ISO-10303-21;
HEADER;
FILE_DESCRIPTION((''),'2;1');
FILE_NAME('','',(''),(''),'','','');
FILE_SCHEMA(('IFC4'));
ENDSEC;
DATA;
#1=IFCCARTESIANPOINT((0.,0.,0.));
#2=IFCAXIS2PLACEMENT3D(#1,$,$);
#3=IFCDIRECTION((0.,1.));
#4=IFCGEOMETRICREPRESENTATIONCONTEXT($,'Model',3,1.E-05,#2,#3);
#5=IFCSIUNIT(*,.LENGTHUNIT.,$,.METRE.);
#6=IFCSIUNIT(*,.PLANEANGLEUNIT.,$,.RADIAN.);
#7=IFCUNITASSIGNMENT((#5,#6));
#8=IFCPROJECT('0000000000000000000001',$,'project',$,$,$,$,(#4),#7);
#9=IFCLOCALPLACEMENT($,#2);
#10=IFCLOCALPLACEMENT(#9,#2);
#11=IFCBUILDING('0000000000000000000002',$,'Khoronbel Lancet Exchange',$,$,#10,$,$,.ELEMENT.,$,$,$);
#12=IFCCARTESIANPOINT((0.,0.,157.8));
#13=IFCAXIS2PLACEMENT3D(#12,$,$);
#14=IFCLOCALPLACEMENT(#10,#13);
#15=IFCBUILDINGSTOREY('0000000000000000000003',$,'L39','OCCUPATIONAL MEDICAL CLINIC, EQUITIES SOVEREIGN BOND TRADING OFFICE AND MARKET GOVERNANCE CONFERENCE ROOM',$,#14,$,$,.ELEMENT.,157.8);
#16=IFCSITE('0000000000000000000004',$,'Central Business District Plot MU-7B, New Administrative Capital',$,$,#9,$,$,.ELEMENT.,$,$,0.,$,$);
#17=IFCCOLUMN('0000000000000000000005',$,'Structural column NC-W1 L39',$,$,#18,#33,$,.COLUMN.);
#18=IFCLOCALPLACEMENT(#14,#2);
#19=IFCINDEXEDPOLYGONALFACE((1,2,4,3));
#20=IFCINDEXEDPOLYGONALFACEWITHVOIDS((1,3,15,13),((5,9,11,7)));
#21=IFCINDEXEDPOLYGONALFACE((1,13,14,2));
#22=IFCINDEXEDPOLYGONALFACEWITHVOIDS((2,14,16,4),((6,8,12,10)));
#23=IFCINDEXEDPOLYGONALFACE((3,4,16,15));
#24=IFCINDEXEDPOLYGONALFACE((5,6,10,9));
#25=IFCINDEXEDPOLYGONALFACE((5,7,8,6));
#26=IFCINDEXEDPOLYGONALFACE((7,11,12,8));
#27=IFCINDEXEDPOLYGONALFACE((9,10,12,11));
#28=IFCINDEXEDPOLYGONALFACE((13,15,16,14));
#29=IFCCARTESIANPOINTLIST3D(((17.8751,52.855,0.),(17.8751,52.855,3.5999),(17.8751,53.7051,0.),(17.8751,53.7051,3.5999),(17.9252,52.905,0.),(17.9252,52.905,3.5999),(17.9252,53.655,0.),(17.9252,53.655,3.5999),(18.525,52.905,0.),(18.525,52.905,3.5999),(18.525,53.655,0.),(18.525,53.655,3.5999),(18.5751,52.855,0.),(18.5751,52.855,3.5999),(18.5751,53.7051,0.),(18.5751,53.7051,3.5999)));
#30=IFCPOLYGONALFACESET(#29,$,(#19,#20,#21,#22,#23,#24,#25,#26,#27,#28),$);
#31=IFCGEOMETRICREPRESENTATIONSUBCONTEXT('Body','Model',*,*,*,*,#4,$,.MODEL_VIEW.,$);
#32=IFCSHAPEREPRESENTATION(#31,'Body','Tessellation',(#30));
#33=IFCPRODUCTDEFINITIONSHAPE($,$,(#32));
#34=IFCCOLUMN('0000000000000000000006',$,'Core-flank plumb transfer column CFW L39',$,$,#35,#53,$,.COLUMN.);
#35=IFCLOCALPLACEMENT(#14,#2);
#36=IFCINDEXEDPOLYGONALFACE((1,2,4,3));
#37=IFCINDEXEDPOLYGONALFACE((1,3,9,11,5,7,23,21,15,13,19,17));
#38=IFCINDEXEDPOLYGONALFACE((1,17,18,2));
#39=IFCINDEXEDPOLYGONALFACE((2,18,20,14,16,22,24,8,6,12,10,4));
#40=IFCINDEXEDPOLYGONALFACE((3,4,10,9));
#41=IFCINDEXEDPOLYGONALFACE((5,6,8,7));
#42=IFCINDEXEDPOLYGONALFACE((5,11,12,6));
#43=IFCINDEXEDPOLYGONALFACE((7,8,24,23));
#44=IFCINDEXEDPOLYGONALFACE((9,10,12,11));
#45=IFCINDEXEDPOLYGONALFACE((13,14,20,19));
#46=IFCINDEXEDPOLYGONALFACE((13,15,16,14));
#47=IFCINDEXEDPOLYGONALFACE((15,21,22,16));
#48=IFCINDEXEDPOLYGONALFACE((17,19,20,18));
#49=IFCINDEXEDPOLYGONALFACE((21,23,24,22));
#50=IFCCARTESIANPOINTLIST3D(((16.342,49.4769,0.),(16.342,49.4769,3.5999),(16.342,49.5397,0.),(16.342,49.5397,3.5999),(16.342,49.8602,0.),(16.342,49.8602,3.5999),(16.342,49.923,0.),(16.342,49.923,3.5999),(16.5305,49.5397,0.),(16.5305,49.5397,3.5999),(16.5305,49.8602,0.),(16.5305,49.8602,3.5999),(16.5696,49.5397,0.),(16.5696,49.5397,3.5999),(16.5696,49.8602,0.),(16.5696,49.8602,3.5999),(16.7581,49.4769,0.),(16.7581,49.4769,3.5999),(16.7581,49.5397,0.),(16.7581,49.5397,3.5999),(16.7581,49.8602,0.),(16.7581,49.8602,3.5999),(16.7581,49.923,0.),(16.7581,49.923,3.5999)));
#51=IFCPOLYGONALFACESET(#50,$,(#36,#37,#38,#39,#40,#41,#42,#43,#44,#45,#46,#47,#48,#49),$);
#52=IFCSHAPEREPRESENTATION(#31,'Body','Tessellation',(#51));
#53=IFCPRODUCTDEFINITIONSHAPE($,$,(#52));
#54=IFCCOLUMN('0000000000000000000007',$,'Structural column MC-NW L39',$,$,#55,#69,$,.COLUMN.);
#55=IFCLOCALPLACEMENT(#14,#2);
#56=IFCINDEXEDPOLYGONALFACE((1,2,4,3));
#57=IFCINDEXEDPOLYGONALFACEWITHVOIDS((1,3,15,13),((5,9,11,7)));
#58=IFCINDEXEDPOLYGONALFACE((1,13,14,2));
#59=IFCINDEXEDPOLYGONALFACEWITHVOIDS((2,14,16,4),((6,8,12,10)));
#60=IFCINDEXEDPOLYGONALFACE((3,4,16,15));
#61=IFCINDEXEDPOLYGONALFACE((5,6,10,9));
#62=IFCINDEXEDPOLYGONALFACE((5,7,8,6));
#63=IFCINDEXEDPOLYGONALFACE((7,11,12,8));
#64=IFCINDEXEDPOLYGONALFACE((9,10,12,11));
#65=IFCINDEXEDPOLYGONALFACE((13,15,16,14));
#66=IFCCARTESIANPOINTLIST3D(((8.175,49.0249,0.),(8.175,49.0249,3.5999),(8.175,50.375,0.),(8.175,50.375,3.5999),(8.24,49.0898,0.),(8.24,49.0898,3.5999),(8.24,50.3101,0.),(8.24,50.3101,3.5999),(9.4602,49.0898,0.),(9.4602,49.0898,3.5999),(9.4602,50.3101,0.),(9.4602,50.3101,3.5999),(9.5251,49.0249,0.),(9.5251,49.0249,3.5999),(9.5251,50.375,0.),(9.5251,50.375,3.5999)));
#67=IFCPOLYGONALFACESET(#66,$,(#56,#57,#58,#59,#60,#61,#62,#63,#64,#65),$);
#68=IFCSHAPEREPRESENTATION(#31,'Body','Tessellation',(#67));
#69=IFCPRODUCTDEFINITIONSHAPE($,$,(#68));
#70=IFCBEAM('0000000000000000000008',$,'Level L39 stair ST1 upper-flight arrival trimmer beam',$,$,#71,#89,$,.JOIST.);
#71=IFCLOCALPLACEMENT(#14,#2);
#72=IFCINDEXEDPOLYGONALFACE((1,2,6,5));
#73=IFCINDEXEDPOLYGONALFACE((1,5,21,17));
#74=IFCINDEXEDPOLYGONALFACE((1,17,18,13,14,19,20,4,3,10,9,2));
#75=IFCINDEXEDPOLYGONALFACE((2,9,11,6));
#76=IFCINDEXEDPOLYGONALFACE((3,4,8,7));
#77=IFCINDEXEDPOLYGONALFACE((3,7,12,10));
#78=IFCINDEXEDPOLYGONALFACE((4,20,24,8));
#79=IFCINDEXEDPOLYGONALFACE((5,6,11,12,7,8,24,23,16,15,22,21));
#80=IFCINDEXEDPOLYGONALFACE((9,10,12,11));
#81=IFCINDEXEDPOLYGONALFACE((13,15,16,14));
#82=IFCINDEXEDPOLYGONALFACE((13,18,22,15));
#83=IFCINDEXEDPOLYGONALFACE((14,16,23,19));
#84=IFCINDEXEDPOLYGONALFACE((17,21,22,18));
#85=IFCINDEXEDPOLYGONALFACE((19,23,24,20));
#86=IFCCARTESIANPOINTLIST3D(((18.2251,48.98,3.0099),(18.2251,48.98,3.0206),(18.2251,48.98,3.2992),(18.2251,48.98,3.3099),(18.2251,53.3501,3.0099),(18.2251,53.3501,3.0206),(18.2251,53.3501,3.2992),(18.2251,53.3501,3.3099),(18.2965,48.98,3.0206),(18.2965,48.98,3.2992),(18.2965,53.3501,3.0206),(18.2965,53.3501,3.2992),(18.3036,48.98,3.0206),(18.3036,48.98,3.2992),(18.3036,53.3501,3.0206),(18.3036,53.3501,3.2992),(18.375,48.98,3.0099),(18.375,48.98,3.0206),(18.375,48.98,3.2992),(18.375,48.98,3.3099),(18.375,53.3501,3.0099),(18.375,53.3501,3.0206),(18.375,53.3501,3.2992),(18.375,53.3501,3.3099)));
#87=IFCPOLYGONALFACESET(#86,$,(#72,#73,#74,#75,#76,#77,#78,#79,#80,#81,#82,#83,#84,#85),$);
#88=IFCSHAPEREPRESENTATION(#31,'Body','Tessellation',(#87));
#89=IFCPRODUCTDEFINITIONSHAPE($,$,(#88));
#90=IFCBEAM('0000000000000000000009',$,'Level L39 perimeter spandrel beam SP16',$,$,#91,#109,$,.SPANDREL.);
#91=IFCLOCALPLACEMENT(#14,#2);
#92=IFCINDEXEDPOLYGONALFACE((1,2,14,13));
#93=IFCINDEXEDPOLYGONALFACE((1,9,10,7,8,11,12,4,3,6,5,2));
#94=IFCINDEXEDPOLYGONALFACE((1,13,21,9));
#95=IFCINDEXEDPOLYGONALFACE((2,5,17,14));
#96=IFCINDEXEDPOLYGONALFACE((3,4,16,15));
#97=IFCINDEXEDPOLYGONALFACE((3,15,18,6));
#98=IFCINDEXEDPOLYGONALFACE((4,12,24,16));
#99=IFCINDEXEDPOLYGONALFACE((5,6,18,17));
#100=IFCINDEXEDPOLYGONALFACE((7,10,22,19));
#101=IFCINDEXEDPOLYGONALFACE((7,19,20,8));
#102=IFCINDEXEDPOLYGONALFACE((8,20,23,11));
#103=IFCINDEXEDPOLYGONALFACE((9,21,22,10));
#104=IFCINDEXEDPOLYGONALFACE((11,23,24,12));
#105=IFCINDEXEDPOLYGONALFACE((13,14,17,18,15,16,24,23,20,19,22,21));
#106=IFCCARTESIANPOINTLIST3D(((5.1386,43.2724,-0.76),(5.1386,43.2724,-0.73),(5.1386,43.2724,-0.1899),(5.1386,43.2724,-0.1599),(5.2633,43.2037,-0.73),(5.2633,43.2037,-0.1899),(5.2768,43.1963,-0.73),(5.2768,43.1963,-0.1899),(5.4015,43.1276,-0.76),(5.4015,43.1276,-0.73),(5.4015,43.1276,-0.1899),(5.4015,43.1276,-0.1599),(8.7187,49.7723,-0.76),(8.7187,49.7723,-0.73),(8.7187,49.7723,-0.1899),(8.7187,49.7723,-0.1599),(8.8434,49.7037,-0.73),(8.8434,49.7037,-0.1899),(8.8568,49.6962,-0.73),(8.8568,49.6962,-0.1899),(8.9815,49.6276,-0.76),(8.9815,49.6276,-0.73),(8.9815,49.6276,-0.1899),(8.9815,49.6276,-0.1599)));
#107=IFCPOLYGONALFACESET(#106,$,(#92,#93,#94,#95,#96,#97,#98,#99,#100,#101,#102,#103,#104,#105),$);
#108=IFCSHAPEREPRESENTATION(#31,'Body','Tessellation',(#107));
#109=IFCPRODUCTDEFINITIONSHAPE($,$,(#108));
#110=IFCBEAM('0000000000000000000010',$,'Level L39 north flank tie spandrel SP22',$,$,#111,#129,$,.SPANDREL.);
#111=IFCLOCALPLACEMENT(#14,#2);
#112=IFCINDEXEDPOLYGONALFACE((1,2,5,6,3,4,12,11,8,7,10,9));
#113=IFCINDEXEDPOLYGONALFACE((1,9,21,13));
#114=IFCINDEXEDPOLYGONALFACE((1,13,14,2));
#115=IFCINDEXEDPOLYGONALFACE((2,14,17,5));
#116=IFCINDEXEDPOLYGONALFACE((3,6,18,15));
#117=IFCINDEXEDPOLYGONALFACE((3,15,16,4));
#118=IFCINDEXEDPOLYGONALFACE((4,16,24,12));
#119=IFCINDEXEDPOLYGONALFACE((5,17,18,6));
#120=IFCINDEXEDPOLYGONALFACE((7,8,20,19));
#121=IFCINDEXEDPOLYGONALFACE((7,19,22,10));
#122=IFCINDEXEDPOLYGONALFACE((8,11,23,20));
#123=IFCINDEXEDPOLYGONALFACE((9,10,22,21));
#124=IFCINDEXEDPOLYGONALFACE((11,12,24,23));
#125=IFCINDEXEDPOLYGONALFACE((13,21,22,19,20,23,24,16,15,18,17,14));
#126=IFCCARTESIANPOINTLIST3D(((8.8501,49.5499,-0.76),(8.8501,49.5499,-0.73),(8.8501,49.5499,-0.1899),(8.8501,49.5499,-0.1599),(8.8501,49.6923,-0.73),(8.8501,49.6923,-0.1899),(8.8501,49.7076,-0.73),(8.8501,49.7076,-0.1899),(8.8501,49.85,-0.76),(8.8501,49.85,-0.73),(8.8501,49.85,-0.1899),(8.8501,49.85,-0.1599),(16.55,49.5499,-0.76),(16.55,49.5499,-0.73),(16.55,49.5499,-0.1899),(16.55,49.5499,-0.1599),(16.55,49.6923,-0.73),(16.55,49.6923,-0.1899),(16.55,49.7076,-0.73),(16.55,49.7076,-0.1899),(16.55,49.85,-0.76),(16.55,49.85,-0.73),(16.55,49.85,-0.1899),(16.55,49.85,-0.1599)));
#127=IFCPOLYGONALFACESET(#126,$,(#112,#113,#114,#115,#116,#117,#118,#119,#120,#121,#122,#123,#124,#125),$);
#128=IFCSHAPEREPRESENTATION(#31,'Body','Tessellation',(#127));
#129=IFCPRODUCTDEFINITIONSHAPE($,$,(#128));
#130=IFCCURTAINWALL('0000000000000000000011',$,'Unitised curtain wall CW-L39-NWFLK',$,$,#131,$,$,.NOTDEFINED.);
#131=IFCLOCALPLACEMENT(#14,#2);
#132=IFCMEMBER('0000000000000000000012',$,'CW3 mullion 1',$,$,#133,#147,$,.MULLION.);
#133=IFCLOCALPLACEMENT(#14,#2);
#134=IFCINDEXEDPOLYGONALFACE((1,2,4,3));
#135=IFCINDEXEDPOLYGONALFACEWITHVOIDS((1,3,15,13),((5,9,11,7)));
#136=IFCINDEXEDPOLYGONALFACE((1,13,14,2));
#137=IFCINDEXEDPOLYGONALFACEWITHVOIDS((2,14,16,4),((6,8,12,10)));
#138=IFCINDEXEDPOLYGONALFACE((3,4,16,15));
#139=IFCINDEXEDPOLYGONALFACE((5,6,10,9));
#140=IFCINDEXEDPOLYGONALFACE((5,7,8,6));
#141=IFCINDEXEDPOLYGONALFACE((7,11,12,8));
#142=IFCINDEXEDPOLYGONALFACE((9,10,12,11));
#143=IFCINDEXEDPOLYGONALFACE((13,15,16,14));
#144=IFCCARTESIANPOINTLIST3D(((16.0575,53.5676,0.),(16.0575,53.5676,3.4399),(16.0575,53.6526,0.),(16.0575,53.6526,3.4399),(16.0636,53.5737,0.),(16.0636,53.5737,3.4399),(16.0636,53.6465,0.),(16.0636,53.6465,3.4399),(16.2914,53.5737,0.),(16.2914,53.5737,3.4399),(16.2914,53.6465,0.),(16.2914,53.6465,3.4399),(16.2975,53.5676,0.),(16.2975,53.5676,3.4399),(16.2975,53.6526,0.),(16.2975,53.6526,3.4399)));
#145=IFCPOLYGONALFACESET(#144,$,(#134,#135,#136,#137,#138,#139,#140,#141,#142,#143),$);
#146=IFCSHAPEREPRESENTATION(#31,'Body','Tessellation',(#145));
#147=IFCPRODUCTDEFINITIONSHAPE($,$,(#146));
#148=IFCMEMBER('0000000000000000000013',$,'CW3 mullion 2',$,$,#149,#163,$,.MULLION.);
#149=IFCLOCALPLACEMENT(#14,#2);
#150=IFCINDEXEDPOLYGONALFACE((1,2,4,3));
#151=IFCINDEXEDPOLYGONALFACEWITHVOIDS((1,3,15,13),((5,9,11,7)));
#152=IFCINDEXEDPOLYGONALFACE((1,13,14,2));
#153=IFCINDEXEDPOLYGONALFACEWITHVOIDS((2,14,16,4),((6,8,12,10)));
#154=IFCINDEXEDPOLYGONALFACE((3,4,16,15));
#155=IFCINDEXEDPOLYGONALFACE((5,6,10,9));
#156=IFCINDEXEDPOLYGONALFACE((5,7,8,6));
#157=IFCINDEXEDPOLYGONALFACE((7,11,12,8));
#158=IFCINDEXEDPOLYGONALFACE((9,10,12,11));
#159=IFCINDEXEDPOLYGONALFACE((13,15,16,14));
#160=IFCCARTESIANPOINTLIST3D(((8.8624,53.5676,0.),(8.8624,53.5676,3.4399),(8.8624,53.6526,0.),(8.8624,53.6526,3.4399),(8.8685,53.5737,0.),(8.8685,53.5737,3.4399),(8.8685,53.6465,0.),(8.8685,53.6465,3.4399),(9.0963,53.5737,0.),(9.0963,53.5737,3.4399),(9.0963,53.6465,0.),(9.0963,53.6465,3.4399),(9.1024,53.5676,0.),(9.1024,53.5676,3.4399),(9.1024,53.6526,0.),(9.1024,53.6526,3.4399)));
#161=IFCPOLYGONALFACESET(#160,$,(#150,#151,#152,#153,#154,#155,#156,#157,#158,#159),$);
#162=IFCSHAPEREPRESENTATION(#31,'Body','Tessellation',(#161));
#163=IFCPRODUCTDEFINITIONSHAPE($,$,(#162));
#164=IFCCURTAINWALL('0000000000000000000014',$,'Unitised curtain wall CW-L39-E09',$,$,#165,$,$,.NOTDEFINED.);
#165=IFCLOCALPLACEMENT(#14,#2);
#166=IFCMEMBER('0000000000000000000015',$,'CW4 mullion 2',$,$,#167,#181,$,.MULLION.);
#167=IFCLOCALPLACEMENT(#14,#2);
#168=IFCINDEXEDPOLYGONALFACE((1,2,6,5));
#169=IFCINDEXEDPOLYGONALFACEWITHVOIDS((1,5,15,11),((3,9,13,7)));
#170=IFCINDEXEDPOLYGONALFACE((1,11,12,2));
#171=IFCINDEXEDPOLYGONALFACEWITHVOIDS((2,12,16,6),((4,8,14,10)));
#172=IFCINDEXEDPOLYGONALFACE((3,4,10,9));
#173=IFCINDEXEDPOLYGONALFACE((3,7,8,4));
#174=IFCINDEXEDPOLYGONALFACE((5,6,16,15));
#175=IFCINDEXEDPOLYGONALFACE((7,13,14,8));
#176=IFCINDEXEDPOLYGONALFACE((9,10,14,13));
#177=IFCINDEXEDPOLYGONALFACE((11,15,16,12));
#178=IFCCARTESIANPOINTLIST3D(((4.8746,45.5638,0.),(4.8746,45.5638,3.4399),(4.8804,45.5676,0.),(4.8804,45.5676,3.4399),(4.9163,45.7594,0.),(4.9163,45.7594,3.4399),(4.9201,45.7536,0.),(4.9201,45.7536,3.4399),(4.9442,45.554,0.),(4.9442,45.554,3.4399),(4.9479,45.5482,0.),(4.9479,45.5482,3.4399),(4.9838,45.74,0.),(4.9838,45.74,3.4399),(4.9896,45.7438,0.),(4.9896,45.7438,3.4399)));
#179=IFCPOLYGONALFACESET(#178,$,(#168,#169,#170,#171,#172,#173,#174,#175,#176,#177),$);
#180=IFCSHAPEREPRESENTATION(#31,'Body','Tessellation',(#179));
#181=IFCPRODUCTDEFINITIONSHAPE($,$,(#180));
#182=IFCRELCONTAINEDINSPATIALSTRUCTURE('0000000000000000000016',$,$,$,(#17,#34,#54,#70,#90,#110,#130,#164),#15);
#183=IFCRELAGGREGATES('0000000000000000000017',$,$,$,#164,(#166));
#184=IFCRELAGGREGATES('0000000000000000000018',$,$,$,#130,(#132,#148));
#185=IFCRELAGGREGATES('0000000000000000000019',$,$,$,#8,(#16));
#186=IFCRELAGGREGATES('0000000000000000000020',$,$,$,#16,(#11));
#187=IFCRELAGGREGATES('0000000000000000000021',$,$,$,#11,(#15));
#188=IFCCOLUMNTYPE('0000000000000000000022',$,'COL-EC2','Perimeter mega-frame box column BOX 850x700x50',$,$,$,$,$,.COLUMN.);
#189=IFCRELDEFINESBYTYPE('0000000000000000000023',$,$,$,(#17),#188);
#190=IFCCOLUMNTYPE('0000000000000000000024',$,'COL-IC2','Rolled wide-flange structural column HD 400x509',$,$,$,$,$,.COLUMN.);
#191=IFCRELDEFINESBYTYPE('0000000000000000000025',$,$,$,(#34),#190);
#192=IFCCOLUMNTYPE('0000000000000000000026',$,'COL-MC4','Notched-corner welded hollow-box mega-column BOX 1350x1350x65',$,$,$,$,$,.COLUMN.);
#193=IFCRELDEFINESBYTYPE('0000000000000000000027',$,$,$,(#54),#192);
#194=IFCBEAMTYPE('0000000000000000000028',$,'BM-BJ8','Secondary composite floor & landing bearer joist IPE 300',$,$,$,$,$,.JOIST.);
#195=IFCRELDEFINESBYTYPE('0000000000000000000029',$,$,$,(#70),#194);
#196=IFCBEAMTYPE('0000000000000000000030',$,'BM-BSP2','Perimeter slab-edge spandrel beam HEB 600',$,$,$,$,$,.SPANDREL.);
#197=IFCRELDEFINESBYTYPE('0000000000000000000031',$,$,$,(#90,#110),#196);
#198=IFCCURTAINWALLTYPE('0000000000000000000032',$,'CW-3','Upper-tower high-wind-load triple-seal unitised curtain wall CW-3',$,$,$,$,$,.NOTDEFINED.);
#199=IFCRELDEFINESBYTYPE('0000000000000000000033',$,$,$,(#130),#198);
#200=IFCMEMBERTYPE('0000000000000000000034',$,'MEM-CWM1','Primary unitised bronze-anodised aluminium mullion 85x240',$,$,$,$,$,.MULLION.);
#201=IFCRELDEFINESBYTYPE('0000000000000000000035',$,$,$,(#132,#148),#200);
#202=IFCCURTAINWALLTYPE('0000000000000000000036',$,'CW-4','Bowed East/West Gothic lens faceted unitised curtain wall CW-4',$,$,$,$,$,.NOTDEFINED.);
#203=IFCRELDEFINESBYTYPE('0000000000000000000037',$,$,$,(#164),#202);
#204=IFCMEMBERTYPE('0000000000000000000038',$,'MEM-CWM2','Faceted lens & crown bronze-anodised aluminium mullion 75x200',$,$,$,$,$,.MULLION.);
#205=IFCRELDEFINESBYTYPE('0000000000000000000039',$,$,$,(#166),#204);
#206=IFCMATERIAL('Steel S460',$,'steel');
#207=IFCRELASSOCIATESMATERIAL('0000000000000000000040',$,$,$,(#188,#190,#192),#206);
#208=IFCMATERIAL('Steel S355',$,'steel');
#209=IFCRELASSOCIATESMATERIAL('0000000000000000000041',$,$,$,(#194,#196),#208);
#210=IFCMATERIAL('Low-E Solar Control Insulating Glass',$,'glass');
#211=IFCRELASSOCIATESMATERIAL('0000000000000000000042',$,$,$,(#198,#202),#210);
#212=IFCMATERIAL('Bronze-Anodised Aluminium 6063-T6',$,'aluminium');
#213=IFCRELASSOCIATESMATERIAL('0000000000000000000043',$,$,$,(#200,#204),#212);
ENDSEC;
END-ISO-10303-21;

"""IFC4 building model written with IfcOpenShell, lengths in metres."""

from ifc_helpers import new_model, si_unit, direction, frame, origin, origin_2d, place, context, subcontext, project, spatial, hollow_rectangle, i_section, extrude, material, material_profile, profile_set, type_object, element, aggregate, save


model = new_model("IFC4")

# Units and contexts
model_context = context("Model", 3, precision=1e-05, world=origin(), true_north=direction((0.0, 1.0)))
body_context = subcontext(model_context, "Body", "Model", "MODEL_VIEW")
ifc_project = project(units=[si_unit("LENGTHUNIT", "METRE"), si_unit("PLANEANGLEUNIT", "RADIAN")], contexts=[model_context])

# Site, building, storey
site_placement = place(None, origin())
site = spatial("IfcSite", under=ifc_project, at=site_placement, Name="Central Business District Plot MU-7B, New Administrative Capital", CompositionType="ELEMENT", RefElevation=0.0)
building_placement = place(site_placement, origin())
building = spatial("IfcBuilding", under=site, at=building_placement, Name="Khoronbel Lancet Exchange", CompositionType="ELEMENT")
storey_placement = place(building_placement, frame((0.0, 0.0, 157.8)))
storey = spatial("IfcBuildingStorey", under=building, at=storey_placement, Name="L39", Description="OCCUPATIONAL MEDICAL CLINIC, EQUITIES SOVEREIGN BOND TRADING OFFICE AND MARKET GOVERNANCE CONFERENCE ROOM", CompositionType="ELEMENT", Elevation=157.8)

# Columns
ifc_material_1 = material(Name="Steel S460", Category="steel")
ifc_material_profile_1 = material_profile(ifc_material_1, hollow_rectangle(XDim=0.7, YDim=0.8501, WallThickness=0.05, at=origin_2d()), Name="BOX 850x700x50")
ifc_profile_set_1 = profile_set([ifc_material_profile_1], Name="Steel S460")
column_type_1 = type_object("IfcColumnType", Name="COL-EC2", Description="Perimeter mega-frame box column BOX 850x700x50", PredefinedType="COLUMN", material=ifc_profile_set_1)
column_1_placement = place(storey_placement, frame((18.2251, 53.28, 0.0), z_axis=(0.0, 0.0, 1.0), x_axis=(1.0, 0.0, 0.0)))
element("IfcColumn", 1, at=column_1_placement, inside=storey, type_object=column_type_1, Name="Structural column NC-W1 L39", PredefinedType="COLUMN", context=body_context, shape_type="SweptSolid", body=[
    extrude(hollow_rectangle(XDim=0.7, YDim=0.8501, WallThickness=0.05, at=origin_2d()), origin(), (0.0, 0.0, 1.0), 3.5999),
])
ifc_material_profile_2 = material_profile(ifc_material_1, i_section(OverallWidth=0.416, OverallDepth=0.446, WebThickness=0.0391, FlangeThickness=0.0627, at=origin_2d()), Name="HD 400x509")
ifc_profile_set_2 = profile_set([ifc_material_profile_2], Name="Steel S460")
column_type_2 = type_object("IfcColumnType", Name="COL-IC2", Description="Rolled wide-flange structural column HD 400x509", PredefinedType="COLUMN", material=ifc_profile_set_2)
column_2_placement = place(storey_placement, frame((16.55, 49.7, 0.0), z_axis=(0.0, 0.0, 1.0), x_axis=(1.0, 0.0, 0.0)))
element("IfcColumn", 2, at=column_2_placement, inside=storey, type_object=column_type_2, Name="Core-flank plumb transfer column CFW L39", PredefinedType="COLUMN", context=body_context, shape_type="SweptSolid", body=[
    extrude(i_section(OverallWidth=0.416, OverallDepth=0.446, WebThickness=0.0391, FlangeThickness=0.0627, at=origin_2d()), origin(), (0.0, 0.0, 1.0), 3.5999),
])
ifc_material_profile_3 = material_profile(ifc_material_1, hollow_rectangle(XDim=1.3501, YDim=1.3501, WallThickness=0.0649, at=origin_2d()), Name="BOX 1350x1350x65")
ifc_profile_set_3 = profile_set([ifc_material_profile_3], Name="Steel S460")
column_type_3 = type_object("IfcColumnType", Name="COL-MC4", Description="Notched-corner welded hollow-box mega-column BOX 1350x1350x65", PredefinedType="COLUMN", material=ifc_profile_set_3)
column_3_placement = place(storey_placement, frame((8.8501, 49.7, 0.0), z_axis=(0.0, 0.0, 1.0), x_axis=(1.0, 0.0, 0.0)))
element("IfcColumn", 3, at=column_3_placement, inside=storey, type_object=column_type_3, Name="Structural column MC-NW L39", PredefinedType="COLUMN", context=body_context, shape_type="SweptSolid", body=[
    extrude(hollow_rectangle(XDim=1.3501, YDim=1.3501, WallThickness=0.0649, at=origin_2d()), origin(), (0.0, 0.0, 1.0), 3.5999),
])

# Beams
ifc_material_2 = material(Name="Steel S355", Category="steel")
ifc_material_profile_4 = material_profile(ifc_material_2, i_section(OverallWidth=0.1499, OverallDepth=0.3, WebThickness=0.0071, FlangeThickness=0.0107, at=origin_2d()), Name="IPE 300")
ifc_profile_set_4 = profile_set([ifc_material_profile_4], Name="Steel S355")
beam_type_1 = type_object("IfcBeamType", Name="BM-BJ8", Description="Secondary composite floor & landing bearer joist IPE 300", PredefinedType="JOIST", material=ifc_profile_set_4)
beam_1_placement = place(storey_placement, frame((18.3, 48.98, 3.1599), z_axis=(0.0, 1.0, 0.0), x_axis=(-1.0, 0.0, 0.0)))
element("IfcBeam", 4, at=beam_1_placement, inside=storey, type_object=beam_type_1, Name="Level L39 stair ST1 upper-flight arrival trimmer beam", PredefinedType="JOIST", context=body_context, shape_type="SweptSolid", body=[
    extrude(i_section(OverallWidth=0.1499, OverallDepth=0.3, WebThickness=0.0071, FlangeThickness=0.0107, at=origin_2d()), origin(), (0.0, 0.0, 1.0), 4.3701),
])
ifc_material_profile_5 = material_profile(ifc_material_2, i_section(OverallWidth=0.3, OverallDepth=0.6001, WebThickness=0.0154, FlangeThickness=0.03, at=origin_2d()), Name="HEB 600")
ifc_profile_set_5 = profile_set([ifc_material_profile_5], Name="Steel S355")
beam_type_2 = type_object("IfcBeamType", Name="BM-BSP2", Description="Perimeter slab-edge spandrel beam HEB 600", PredefinedType="SPANDREL", material=ifc_profile_set_5)
beam_2_placement = place(storey_placement, frame((8.8501, 49.7, -0.46), z_axis=(-0.482444, -0.875927, 0.0), x_axis=(0.875927, -0.482444, 0.0)))
element("IfcBeam", 5, at=beam_2_placement, inside=storey, type_object=beam_type_2, Name="Level L39 perimeter spandrel beam SP16", PredefinedType="SPANDREL", context=body_context, shape_type="SweptSolid", body=[
    extrude(i_section(OverallWidth=0.3, OverallDepth=0.6001, WebThickness=0.0154, FlangeThickness=0.03, at=origin_2d()), origin(), (0.0, 0.0, 1.0), 7.4207),
])
beam_3_placement = place(storey_placement, frame((8.8501, 49.7, -0.46), z_axis=(1.0, 0.0, 0.0), x_axis=(0.0, 1.0, 0.0)))
element("IfcBeam", 6, at=beam_3_placement, inside=storey, type_object=beam_type_2, Name="Level L39 north flank tie spandrel SP22", PredefinedType="SPANDREL", context=body_context, shape_type="SweptSolid", body=[
    extrude(i_section(OverallWidth=0.3, OverallDepth=0.6001, WebThickness=0.0154, FlangeThickness=0.03, at=origin_2d()), origin(), (0.0, 0.0, 1.0), 7.7),
])

# Curtain wall, members
ifc_material_3 = material(Name="Low-E Solar Control Insulating Glass", Category="glass")
curtain_wall_type_1 = type_object("IfcCurtainWallType", Name="CW-3", Description="Upper-tower high-wind-load triple-seal unitised curtain wall CW-3", PredefinedType="NOTDEFINED", material=ifc_material_3)
curtain_wall_1_placement = place(storey_placement, origin())
curtain_wall_1 = element("IfcCurtainWall", 7, at=curtain_wall_1_placement, inside=storey, type_object=curtain_wall_type_1, Name="Unitised curtain wall CW-L39-NWFLK", PredefinedType="NOTDEFINED")
ifc_material_4 = material(Name="Bronze-Anodised Aluminium 6063-T6", Category="aluminium")
ifc_material_profile_6 = material_profile(ifc_material_4, hollow_rectangle(XDim=0.085, YDim=0.24, WallThickness=0.0061, at=origin_2d()), Name="ALU MULLION 85x240")
ifc_profile_set_6 = profile_set([ifc_material_profile_6], Name="Bronze-Anodised Aluminium 6063-T6")
member_type_1 = type_object("IfcMemberType", Name="MEM-CWM1", Description="Primary unitised bronze-anodised aluminium mullion 85x240", PredefinedType="MULLION", material=ifc_profile_set_6)
member_1_placement = place(storey_placement, frame((16.1775, 53.6101, 0.0), z_axis=(0.0, 0.0, 1.0), x_axis=(0.0, -1.0, 0.0)))
member_1 = element("IfcMember", 8, at=member_1_placement, type_object=member_type_1, Name="CW3 mullion 1", PredefinedType="MULLION", context=body_context, shape_type="SweptSolid", body=[
    extrude(hollow_rectangle(XDim=0.085, YDim=0.24, WallThickness=0.0061, at=origin_2d()), origin(), (0.0, 0.0, 1.0), 3.4399),
])
member_2_placement = place(storey_placement, frame((8.9824, 53.6101, 0.0), z_axis=(0.0, 0.0, 1.0), x_axis=(0.0, -1.0, 0.0)))
member_2 = element("IfcMember", 9, at=member_2_placement, type_object=member_type_1, Name="CW3 mullion 2", PredefinedType="MULLION", context=body_context, shape_type="SweptSolid", body=[
    extrude(hollow_rectangle(XDim=0.085, YDim=0.24, WallThickness=0.0061, at=origin_2d()), origin(), (0.0, 0.0, 1.0), 3.4399),
])

# Curtain wall, member
curtain_wall_type_2 = type_object("IfcCurtainWallType", Name="CW-4", Description="Bowed East/West Gothic lens faceted unitised curtain wall CW-4", PredefinedType="NOTDEFINED", material=ifc_material_3)
curtain_wall_2_placement = place(storey_placement, origin())
curtain_wall_2 = element("IfcCurtainWall", 10, at=curtain_wall_2_placement, inside=storey, type_object=curtain_wall_type_2, Name="Unitised curtain wall CW-L39-E09", PredefinedType="NOTDEFINED")
ifc_material_profile_7 = material_profile(ifc_material_4, hollow_rectangle(XDim=0.075, YDim=0.2, WallThickness=0.0049, at=origin_2d()), Name="ALU MULLION 75x200")
ifc_profile_set_7 = profile_set([ifc_material_profile_7], Name="Bronze-Anodised Aluminium 6063-T6")
member_type_2 = type_object("IfcMemberType", Name="MEM-CWM2", Description="Faceted lens & crown bronze-anodised aluminium mullion 75x200", PredefinedType="MULLION", material=ifc_profile_set_7)
member_3_placement = place(storey_placement, frame((4.9321, 45.6538, 0.0), z_axis=(0.0, 0.0, 1.0), x_axis=(-0.978023, 0.208497, 0.0)))
member_3 = element("IfcMember", 11, at=member_3_placement, type_object=member_type_2, Name="CW4 mullion 2", PredefinedType="MULLION", context=body_context, shape_type="SweptSolid", body=[
    extrude(hollow_rectangle(XDim=0.075, YDim=0.2, WallThickness=0.0049, at=origin_2d()), origin(), (0.0, 0.0, 1.0), 3.4399),
])
aggregate(curtain_wall_2, [member_3])

aggregate(curtain_wall_1, [member_1, member_2])

save(model, "model.ifc")
